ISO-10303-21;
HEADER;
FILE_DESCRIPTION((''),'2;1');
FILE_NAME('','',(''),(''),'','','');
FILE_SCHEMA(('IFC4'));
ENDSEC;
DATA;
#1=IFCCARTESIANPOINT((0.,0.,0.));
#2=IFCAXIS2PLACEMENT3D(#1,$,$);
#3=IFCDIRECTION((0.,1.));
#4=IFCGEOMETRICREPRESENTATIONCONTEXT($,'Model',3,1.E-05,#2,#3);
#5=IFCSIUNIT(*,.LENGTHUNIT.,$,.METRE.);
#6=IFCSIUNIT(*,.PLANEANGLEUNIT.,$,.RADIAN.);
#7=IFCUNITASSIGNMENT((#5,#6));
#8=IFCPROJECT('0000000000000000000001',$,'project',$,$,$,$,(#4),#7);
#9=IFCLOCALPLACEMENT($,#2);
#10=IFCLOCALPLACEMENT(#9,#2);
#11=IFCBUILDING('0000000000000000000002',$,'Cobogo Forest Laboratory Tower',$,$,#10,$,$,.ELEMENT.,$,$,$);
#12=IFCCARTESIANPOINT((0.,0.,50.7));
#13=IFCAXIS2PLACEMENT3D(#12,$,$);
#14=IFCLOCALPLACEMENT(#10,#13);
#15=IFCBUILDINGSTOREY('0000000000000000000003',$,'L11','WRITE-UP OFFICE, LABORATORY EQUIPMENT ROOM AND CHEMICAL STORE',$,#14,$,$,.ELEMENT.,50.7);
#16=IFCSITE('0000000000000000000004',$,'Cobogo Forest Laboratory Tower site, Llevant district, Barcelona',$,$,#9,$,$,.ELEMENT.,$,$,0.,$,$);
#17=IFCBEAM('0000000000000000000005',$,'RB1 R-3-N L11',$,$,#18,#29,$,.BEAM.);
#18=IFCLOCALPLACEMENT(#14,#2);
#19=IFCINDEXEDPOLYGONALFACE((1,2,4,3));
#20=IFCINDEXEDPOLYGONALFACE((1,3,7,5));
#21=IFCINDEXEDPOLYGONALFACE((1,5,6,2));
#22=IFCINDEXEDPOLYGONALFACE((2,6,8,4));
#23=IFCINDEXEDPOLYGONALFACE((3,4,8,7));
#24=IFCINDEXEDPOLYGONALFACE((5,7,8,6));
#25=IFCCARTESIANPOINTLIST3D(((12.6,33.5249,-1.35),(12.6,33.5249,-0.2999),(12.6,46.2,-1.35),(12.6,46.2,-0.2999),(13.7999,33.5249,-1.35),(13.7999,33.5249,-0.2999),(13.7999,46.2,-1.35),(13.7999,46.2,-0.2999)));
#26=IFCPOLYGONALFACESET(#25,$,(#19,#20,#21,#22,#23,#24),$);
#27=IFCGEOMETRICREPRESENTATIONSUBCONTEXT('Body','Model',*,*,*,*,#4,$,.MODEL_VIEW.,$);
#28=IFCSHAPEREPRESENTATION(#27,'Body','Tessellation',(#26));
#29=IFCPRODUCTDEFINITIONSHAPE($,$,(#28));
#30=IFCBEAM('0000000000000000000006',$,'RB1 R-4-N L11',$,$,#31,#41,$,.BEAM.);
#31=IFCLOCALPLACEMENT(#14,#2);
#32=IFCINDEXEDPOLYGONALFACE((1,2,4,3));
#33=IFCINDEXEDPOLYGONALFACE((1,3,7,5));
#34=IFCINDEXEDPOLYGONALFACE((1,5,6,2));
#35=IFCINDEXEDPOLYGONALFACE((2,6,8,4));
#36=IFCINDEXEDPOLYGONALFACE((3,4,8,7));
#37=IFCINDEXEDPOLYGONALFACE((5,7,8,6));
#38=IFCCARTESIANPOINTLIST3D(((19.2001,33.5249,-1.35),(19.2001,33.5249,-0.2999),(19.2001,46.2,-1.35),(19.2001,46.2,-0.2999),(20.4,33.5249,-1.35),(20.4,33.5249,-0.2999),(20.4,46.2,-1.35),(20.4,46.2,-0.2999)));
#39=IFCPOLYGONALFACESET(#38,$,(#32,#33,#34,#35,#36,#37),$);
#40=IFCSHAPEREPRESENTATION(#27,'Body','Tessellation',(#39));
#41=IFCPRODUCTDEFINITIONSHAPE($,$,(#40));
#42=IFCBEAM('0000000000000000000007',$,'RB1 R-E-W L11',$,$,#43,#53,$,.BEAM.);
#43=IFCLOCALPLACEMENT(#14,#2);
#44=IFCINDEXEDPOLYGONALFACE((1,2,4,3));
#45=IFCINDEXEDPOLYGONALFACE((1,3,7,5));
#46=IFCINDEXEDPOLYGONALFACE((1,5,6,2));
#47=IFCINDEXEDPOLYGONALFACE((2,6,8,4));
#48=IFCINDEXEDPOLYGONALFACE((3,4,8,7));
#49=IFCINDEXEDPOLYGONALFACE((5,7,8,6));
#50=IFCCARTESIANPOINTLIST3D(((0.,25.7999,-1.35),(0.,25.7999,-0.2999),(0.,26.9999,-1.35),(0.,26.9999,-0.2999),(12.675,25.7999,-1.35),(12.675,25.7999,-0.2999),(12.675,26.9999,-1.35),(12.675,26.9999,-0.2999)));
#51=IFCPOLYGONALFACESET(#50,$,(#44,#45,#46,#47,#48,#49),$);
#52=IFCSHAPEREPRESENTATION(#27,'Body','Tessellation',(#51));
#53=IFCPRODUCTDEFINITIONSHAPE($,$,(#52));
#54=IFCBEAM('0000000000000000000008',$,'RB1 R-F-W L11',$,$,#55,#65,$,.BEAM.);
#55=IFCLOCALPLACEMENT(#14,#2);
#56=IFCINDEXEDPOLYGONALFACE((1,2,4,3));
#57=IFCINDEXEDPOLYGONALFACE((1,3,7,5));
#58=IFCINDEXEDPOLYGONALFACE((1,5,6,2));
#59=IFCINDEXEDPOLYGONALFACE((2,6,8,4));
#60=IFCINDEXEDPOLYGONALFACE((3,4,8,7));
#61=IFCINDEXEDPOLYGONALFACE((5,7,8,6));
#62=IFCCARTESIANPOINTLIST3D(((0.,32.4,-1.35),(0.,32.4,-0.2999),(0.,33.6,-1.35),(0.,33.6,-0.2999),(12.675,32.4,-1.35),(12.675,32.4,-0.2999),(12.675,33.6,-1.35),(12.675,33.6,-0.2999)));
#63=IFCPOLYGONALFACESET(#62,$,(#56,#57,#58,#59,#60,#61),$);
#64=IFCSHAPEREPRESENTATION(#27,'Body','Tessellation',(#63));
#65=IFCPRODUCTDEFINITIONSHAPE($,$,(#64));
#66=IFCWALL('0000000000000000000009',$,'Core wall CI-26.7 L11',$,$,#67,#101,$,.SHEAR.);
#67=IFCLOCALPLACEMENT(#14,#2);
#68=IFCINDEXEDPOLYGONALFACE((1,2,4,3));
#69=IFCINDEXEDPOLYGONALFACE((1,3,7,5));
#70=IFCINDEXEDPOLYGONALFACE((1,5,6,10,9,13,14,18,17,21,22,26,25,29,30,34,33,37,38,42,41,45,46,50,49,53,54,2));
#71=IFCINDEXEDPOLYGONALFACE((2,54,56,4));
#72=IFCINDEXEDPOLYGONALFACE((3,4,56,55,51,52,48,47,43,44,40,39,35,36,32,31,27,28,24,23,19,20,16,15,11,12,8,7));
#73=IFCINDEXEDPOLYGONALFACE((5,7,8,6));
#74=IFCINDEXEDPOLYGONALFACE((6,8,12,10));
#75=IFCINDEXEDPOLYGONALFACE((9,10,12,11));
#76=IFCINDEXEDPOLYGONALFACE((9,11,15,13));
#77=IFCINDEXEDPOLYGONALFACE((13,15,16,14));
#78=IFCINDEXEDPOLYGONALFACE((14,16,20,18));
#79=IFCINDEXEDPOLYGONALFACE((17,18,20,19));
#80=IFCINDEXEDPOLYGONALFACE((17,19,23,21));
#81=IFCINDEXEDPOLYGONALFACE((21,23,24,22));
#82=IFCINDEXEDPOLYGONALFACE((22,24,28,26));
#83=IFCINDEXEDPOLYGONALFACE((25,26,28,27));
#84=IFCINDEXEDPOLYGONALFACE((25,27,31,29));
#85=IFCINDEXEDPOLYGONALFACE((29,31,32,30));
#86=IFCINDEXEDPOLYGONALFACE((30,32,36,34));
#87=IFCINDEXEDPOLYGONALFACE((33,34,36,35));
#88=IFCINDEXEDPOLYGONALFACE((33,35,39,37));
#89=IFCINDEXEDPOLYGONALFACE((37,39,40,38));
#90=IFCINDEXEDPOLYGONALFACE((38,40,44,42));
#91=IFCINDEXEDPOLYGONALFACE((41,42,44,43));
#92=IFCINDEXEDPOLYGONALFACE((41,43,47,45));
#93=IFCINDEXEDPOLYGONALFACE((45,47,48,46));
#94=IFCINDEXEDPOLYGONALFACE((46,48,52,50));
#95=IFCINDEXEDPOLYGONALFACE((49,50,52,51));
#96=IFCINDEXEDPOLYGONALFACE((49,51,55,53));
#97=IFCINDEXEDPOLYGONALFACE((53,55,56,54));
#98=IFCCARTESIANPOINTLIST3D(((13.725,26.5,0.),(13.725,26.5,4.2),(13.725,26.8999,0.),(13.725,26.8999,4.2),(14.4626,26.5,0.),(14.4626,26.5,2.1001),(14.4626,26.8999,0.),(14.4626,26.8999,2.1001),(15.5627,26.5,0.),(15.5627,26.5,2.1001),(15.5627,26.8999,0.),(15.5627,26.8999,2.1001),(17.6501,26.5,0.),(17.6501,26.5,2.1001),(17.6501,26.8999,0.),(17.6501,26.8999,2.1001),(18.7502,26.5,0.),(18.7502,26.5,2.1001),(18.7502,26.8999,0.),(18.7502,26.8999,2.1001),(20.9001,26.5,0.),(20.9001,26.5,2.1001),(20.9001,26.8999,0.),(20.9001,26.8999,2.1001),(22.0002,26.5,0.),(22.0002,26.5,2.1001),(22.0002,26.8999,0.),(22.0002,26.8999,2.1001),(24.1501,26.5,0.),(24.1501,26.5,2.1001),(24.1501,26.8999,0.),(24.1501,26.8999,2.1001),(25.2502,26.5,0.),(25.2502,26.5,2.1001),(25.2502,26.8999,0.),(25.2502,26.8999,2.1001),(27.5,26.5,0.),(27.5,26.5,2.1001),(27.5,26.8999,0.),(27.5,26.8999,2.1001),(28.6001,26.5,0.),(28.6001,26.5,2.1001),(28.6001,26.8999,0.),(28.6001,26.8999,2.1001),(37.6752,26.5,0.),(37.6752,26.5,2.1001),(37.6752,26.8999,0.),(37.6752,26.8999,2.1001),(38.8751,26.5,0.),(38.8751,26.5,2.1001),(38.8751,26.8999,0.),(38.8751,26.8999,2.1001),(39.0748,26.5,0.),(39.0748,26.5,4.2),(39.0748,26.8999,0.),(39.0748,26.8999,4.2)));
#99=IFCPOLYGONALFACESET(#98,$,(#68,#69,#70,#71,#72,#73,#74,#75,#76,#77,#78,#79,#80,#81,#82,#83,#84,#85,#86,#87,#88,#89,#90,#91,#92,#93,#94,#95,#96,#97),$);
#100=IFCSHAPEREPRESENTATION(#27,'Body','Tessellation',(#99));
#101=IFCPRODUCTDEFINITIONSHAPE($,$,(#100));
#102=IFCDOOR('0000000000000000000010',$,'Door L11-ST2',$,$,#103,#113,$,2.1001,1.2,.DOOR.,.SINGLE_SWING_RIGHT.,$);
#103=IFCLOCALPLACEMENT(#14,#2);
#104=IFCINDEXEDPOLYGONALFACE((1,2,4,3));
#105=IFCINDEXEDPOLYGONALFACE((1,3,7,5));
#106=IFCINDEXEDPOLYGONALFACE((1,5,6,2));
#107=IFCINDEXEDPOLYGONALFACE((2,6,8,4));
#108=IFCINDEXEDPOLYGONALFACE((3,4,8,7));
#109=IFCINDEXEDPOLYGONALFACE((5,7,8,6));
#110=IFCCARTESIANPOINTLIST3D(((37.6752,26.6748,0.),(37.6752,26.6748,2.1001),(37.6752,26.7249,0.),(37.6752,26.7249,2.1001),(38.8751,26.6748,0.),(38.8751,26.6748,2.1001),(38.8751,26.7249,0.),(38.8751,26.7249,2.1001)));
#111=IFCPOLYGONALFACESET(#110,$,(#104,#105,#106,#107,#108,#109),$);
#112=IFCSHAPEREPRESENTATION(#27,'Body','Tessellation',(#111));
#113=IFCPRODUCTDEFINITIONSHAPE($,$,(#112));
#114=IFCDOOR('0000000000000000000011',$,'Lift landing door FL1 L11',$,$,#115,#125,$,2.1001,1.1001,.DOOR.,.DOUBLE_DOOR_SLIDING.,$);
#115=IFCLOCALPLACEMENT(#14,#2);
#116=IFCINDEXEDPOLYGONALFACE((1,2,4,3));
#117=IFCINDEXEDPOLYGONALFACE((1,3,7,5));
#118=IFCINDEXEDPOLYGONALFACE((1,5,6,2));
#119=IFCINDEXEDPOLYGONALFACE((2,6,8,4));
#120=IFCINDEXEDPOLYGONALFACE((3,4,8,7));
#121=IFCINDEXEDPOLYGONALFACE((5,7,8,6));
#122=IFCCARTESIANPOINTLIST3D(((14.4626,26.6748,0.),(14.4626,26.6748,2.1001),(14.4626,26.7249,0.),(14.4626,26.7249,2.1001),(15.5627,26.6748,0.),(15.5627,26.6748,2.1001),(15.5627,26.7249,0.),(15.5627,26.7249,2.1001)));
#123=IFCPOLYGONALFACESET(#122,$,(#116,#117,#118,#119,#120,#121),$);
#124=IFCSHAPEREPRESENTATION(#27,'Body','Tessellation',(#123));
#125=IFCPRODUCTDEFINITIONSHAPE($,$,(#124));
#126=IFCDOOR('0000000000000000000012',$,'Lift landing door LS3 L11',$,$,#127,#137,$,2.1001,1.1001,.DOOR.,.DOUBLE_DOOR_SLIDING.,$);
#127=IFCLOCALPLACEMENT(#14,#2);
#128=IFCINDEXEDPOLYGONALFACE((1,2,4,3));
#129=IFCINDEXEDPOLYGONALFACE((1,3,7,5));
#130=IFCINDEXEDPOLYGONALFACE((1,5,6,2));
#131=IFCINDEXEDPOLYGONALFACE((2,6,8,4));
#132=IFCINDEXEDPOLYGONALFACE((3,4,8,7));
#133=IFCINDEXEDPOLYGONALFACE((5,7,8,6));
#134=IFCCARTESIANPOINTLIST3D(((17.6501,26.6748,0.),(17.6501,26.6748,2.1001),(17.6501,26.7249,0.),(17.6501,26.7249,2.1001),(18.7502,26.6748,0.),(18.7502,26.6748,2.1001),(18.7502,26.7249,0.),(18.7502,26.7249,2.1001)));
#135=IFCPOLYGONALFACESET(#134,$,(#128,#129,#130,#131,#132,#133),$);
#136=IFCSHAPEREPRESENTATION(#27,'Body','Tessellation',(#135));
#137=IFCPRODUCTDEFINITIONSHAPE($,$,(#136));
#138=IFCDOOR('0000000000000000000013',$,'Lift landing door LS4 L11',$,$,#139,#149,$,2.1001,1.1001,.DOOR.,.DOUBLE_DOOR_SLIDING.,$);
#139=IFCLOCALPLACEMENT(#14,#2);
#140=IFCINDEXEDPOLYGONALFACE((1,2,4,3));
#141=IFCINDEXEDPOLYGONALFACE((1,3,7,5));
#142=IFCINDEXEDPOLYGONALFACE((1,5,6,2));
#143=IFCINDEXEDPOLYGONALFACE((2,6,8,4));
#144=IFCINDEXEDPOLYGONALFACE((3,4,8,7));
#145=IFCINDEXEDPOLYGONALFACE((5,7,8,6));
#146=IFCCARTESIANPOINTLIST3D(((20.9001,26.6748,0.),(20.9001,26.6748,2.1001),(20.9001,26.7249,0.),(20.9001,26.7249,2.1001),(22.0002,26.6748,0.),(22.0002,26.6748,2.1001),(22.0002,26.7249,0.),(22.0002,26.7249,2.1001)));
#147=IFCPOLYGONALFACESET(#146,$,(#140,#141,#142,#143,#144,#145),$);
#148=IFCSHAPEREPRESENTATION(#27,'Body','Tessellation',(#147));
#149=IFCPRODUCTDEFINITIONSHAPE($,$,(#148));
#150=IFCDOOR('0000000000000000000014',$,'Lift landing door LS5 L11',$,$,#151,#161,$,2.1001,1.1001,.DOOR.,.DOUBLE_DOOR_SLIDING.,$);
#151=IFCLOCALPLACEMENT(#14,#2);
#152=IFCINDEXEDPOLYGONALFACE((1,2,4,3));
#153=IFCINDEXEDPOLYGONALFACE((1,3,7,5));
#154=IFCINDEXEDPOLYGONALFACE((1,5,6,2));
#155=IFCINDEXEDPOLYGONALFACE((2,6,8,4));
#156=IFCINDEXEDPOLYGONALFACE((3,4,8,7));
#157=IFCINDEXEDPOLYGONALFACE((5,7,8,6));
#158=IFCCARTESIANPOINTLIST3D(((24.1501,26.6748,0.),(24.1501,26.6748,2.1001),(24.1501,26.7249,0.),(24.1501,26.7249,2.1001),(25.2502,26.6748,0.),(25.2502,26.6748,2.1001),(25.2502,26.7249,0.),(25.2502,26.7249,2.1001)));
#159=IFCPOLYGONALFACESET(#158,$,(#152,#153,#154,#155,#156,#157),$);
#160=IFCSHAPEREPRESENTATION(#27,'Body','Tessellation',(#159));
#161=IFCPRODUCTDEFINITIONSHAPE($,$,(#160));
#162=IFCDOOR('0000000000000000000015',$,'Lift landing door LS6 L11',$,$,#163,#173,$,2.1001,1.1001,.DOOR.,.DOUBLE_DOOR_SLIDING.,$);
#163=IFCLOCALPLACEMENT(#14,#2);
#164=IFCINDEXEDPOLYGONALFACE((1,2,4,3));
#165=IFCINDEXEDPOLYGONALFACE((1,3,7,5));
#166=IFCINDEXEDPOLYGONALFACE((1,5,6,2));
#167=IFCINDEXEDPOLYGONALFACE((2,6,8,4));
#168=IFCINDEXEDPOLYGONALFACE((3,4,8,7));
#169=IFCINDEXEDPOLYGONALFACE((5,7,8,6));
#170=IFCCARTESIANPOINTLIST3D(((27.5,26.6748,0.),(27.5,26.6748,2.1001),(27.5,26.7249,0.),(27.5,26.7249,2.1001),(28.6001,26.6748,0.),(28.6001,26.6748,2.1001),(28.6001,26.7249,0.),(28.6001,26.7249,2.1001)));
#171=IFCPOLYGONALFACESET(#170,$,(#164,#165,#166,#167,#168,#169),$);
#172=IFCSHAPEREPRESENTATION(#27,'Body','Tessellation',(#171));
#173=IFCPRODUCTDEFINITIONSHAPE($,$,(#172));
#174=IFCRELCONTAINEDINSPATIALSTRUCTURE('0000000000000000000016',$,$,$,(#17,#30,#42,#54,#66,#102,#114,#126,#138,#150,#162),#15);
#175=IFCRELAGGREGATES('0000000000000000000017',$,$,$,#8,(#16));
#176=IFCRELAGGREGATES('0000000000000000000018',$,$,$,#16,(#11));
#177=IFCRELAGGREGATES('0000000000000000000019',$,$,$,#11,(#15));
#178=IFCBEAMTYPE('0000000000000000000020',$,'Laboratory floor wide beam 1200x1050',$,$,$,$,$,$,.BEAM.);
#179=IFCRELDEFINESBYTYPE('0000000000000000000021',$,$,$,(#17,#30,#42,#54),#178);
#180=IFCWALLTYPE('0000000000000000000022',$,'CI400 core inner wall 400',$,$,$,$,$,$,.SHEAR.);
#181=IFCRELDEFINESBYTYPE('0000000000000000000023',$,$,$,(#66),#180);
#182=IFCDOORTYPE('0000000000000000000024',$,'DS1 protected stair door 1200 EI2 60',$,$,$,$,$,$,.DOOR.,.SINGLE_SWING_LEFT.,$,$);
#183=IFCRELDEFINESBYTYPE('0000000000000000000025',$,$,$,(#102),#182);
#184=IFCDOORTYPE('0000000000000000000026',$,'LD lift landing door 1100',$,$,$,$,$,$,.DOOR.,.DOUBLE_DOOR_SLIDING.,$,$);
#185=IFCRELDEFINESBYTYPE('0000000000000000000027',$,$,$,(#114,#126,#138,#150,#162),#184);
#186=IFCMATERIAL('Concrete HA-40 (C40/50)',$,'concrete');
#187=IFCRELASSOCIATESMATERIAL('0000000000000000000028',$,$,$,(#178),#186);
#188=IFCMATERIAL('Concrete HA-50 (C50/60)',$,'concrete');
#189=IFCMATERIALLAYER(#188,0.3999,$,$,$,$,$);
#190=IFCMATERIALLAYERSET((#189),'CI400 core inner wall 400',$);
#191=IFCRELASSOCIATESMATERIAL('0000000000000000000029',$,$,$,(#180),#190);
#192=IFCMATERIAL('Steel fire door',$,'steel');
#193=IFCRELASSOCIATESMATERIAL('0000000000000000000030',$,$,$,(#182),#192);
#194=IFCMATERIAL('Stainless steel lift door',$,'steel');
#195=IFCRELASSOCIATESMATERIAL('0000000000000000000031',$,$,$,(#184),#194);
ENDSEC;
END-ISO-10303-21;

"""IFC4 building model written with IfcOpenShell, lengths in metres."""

from ifc_helpers import new_model, si_unit, direction, frame, frame_2d, origin, origin_2d, place, context, subcontext, project, spatial, rectangle, extrude, material, layer, layer_set, material_profile, profile_set, type_object, element, fill, save


model = new_model("IFC4")

# Units and contexts
model_context = context("Model", 3, precision=1e-05, world=origin(), true_north=direction((0.0, 1.0)))
body_context = subcontext(model_context, "Body", "Model", "MODEL_VIEW")
ifc_project = project(units=[si_unit("LENGTHUNIT", "METRE"), si_unit("PLANEANGLEUNIT", "RADIAN")], contexts=[model_context])

# Site, building, storey
site_placement = place(None, origin())
site = spatial("IfcSite", under=ifc_project, at=site_placement, Name="Cobogo Forest Laboratory Tower site, Llevant district, Barcelona", CompositionType="ELEMENT", RefElevation=0.0)
building_placement = place(site_placement, origin())
building = spatial("IfcBuilding", under=site, at=building_placement, Name="Cobogo Forest Laboratory Tower", CompositionType="ELEMENT")
storey_placement = place(building_placement, frame((0.0, 0.0, 50.7)))
storey = spatial("IfcBuildingStorey", under=building, at=storey_placement, Name="L11", Description="WRITE-UP OFFICE, LABORATORY EQUIPMENT ROOM AND CHEMICAL STORE", CompositionType="ELEMENT", Elevation=50.7)

# Beams
ifc_material_1 = material(Name="Concrete HA-40 (C40/50)", Category="concrete")
ifc_material_profile = material_profile(ifc_material_1, rectangle(XDim=1.2, YDim=1.05, at=origin_2d()), Name="RC 1200x1050")
ifc_profile_set = profile_set([ifc_material_profile], Name="Concrete HA-40 (C40/50)")
beam_type = type_object("IfcBeamType", Name="Laboratory floor wide beam 1200x1050", PredefinedType="BEAM", material=ifc_profile_set)
for number, where, z_axis, x_axis, name in (
    (1, (13.2, 33.5249, -0.825), (0.0, 1.0, 0.0), (-1.0, 0.0, 0.0), "RB1 R-3-N L11"),
    (2, (19.8, 33.5249, -0.825), (0.0, 1.0, 0.0), (-1.0, 0.0, 0.0), "RB1 R-4-N L11"),
    (3, (12.675, 26.3999, -0.825), (-1.0, 0.0, 0.0), (0.0, -1.0, 0.0), "RB1 R-E-W L11"),
    (4, (12.675, 33.0, -0.825), (-1.0, 0.0, 0.0), (0.0, -1.0, 0.0), "RB1 R-F-W L11"),
):
    element("IfcBeam", number, at=place(storey_placement, frame(where, z_axis=z_axis, x_axis=x_axis)), inside=storey, type_object=beam_type, Name=name, PredefinedType="BEAM", context=body_context, shape_type="SweptSolid", body=[
        extrude(rectangle(XDim=1.2, YDim=1.05, at=origin_2d()), origin(), (0.0, 0.0, 1.0), 12.675),
    ])

# Wall, openings, doors
ifc_material_2 = material(Name="Concrete HA-50 (C50/60)", Category="concrete")
ifc_layer_1 = layer(ifc_material_2, 0.3999)
ifc_layer_set_1 = layer_set([ifc_layer_1], Name="CI400 core inner wall 400")
wall_type_1 = type_object("IfcWallType", Name="CI400 core inner wall 400", PredefinedType="SHEAR", material=ifc_layer_set_1)
wall_1_placement = place(storey_placement, frame((13.7251, 26.7, 0.0), z_axis=(0.0, 0.0, 1.0), x_axis=(1.0, 0.0, 0.0)))
wall_1 = element("IfcWall", 5, at=wall_1_placement, inside=storey, type_object=wall_type_1, Name="Core wall CI-26.7 L11", PredefinedType="SHEAR", context=body_context, shape_type="SweptSolid", body=[
    extrude(rectangle(XDim=25.3499, YDim=0.3999, at=frame_2d((12.6748, 0.0))), origin(), (0.0, 0.0, 1.0), 4.2),
])
opening_1_placement = place(wall_1_placement, frame((23.95, 0.0, 0.0)))
opening_1 = element("IfcOpeningElement", 6, at=opening_1_placement, cuts=wall_1, PredefinedType="OPENING", context=body_context, shape_type="SweptSolid", body=[
    extrude(rectangle(XDim=1.2, YDim=2.1001, at=frame_2d((0.6001, 1.05))), frame((0.0, 0.21, 0.0), z_axis=(0.0, -1.0, 0.0), x_axis=(1.0, 0.0, 0.0)), (0.0, 0.0, 1.0), 0.4199),
])
opening_2_placement = place(wall_1_placement, frame((0.7375, 0.0, 0.0)))
opening_2 = element("IfcOpeningElement", 7, at=opening_2_placement, cuts=wall_1, PredefinedType="OPENING", context=body_context, shape_type="SweptSolid", body=[
    extrude(rectangle(XDim=1.1001, YDim=2.1001, at=frame_2d((0.55, 1.05))), frame((0.0, 0.21, 0.0), z_axis=(0.0, -1.0, 0.0), x_axis=(1.0, 0.0, 0.0)), (0.0, 0.0, 1.0), 0.4199),
])
opening_3_placement = place(wall_1_placement, frame((3.925, 0.0, 0.0)))
opening_3 = element("IfcOpeningElement", 8, at=opening_3_placement, cuts=wall_1, PredefinedType="OPENING", context=body_context, shape_type="SweptSolid", body=[
    extrude(rectangle(XDim=1.1001, YDim=2.1001, at=frame_2d((0.55, 1.05))), frame((0.0, 0.21, 0.0), z_axis=(0.0, -1.0, 0.0), x_axis=(1.0, 0.0, 0.0)), (0.0, 0.0, 1.0), 0.4199),
])
opening_4_placement = place(wall_1_placement, frame((7.175, 0.0, 0.0)))
opening_4 = element("IfcOpeningElement", 9, at=opening_4_placement, cuts=wall_1, PredefinedType="OPENING", context=body_context, shape_type="SweptSolid", body=[
    extrude(rectangle(XDim=1.1001, YDim=2.1001, at=frame_2d((0.55, 1.05))), frame((0.0, 0.21, 0.0), z_axis=(0.0, -1.0, 0.0), x_axis=(1.0, 0.0, 0.0)), (0.0, 0.0, 1.0), 0.4199),
])
opening_5_placement = place(wall_1_placement, frame((10.425, 0.0, 0.0)))
opening_5 = element("IfcOpeningElement", 10, at=opening_5_placement, cuts=wall_1, PredefinedType="OPENING", context=body_context, shape_type="SweptSolid", body=[
    extrude(rectangle(XDim=1.1001, YDim=2.1001, at=frame_2d((0.55, 1.05))), frame((0.0, 0.21, 0.0), z_axis=(0.0, -1.0, 0.0), x_axis=(1.0, 0.0, 0.0)), (0.0, 0.0, 1.0), 0.4199),
])
opening_6_placement = place(wall_1_placement, frame((13.7749, 0.0, 0.0)))
opening_6 = element("IfcOpeningElement", 11, at=opening_6_placement, cuts=wall_1, PredefinedType="OPENING", context=body_context, shape_type="SweptSolid", body=[
    extrude(rectangle(XDim=1.1001, YDim=2.1001, at=frame_2d((0.55, 1.05))), frame((0.0, 0.21, 0.0), z_axis=(0.0, -1.0, 0.0), x_axis=(1.0, 0.0, 0.0)), (0.0, 0.0, 1.0), 0.4199),
])
ifc_material_3 = material(Name="Steel fire door", Category="steel")
door_type_1 = type_object("IfcDoorType", Name="DS1 protected stair door 1200 EI2 60", OperationType="SINGLE_SWING_LEFT", PredefinedType="DOOR", material=ifc_material_3)
door_1_placement = place(opening_1_placement, origin())
door_1 = element("IfcDoor", 12, at=door_1_placement, inside=storey, type_object=door_type_1, Name="Door L11-ST2", OperationType="SINGLE_SWING_RIGHT", OverallHeight=2.1001, OverallWidth=1.2, PredefinedType="DOOR", context=body_context, shape_type="SweptSolid", body=[
    extrude(rectangle(XDim=1.2, YDim=2.1001, at=frame_2d((0.6001, 1.05))), frame((0.0, 0.0249, 0.0), z_axis=(0.0, -1.0, 0.0), x_axis=(1.0, 0.0, 0.0)), (0.0, 0.0, 1.0), 0.05),
])
fill(opening_1, door_1)
ifc_material_4 = material(Name="Stainless steel lift door", Category="steel")
door_type_2 = type_object("IfcDoorType", Name="LD lift landing door 1100", OperationType="DOUBLE_DOOR_SLIDING", PredefinedType="DOOR", material=ifc_material_4)
door_2_placement = place(opening_2_placement, origin())
door_2 = element("IfcDoor", 13, at=door_2_placement, inside=storey, type_object=door_type_2, Name="Lift landing door FL1 L11", OperationType="DOUBLE_DOOR_SLIDING", OverallHeight=2.1001, OverallWidth=1.1001, PredefinedType="DOOR", context=body_context, shape_type="SweptSolid", body=[
    extrude(rectangle(XDim=1.1001, YDim=2.1001, at=frame_2d((0.55, 1.05))), frame((0.0, 0.0249, 0.0), z_axis=(0.0, -1.0, 0.0), x_axis=(1.0, 0.0, 0.0)), (0.0, 0.0, 1.0), 0.05),
])
fill(opening_2, door_2)
door_3_placement = place(opening_3_placement, origin())
door_3 = element("IfcDoor", 14, at=door_3_placement, inside=storey, type_object=door_type_2, Name="Lift landing door LS3 L11", OperationType="DOUBLE_DOOR_SLIDING", OverallHeight=2.1001, OverallWidth=1.1001, PredefinedType="DOOR", context=body_context, shape_type="SweptSolid", body=[
    extrude(rectangle(XDim=1.1001, YDim=2.1001, at=frame_2d((0.55, 1.05))), frame((0.0, 0.0249, 0.0), z_axis=(0.0, -1.0, 0.0), x_axis=(1.0, 0.0, 0.0)), (0.0, 0.0, 1.0), 0.05),
])
fill(opening_3, door_3)
door_4_placement = place(opening_4_placement, origin())
door_4 = element("IfcDoor", 15, at=door_4_placement, inside=storey, type_object=door_type_2, Name="Lift landing door LS4 L11", OperationType="DOUBLE_DOOR_SLIDING", OverallHeight=2.1001, OverallWidth=1.1001, PredefinedType="DOOR", context=body_context, shape_type="SweptSolid", body=[
    extrude(rectangle(XDim=1.1001, YDim=2.1001, at=frame_2d((0.55, 1.05))), frame((0.0, 0.0249, 0.0), z_axis=(0.0, -1.0, 0.0), x_axis=(1.0, 0.0, 0.0)), (0.0, 0.0, 1.0), 0.05),
])
fill(opening_4, door_4)
door_5_placement = place(opening_5_placement, origin())
door_5 = element("IfcDoor", 16, at=door_5_placement, inside=storey, type_object=door_type_2, Name="Lift landing door LS5 L11", OperationType="DOUBLE_DOOR_SLIDING", OverallHeight=2.1001, OverallWidth=1.1001, PredefinedType="DOOR", context=body_context, shape_type="SweptSolid", body=[
    extrude(rectangle(XDim=1.1001, YDim=2.1001, at=frame_2d((0.55, 1.05))), frame((0.0, 0.0249, 0.0), z_axis=(0.0, -1.0, 0.0), x_axis=(1.0, 0.0, 0.0)), (0.0, 0.0, 1.0), 0.05),
])
fill(opening_5, door_5)
door_6_placement = place(opening_6_placement, origin())
door_6 = element("IfcDoor", 17, at=door_6_placement, inside=storey, type_object=door_type_2, Name="Lift landing door LS6 L11", OperationType="DOUBLE_DOOR_SLIDING", OverallHeight=2.1001, OverallWidth=1.1001, PredefinedType="DOOR", context=body_context, shape_type="SweptSolid", body=[
    extrude(rectangle(XDim=1.1001, YDim=2.1001, at=frame_2d((0.55, 1.05))), frame((0.0, 0.0249, 0.0), z_axis=(0.0, -1.0, 0.0), x_axis=(1.0, 0.0, 0.0)), (0.0, 0.0, 1.0), 0.05),
])
fill(opening_6, door_6)

save(model, "model.ifc")
